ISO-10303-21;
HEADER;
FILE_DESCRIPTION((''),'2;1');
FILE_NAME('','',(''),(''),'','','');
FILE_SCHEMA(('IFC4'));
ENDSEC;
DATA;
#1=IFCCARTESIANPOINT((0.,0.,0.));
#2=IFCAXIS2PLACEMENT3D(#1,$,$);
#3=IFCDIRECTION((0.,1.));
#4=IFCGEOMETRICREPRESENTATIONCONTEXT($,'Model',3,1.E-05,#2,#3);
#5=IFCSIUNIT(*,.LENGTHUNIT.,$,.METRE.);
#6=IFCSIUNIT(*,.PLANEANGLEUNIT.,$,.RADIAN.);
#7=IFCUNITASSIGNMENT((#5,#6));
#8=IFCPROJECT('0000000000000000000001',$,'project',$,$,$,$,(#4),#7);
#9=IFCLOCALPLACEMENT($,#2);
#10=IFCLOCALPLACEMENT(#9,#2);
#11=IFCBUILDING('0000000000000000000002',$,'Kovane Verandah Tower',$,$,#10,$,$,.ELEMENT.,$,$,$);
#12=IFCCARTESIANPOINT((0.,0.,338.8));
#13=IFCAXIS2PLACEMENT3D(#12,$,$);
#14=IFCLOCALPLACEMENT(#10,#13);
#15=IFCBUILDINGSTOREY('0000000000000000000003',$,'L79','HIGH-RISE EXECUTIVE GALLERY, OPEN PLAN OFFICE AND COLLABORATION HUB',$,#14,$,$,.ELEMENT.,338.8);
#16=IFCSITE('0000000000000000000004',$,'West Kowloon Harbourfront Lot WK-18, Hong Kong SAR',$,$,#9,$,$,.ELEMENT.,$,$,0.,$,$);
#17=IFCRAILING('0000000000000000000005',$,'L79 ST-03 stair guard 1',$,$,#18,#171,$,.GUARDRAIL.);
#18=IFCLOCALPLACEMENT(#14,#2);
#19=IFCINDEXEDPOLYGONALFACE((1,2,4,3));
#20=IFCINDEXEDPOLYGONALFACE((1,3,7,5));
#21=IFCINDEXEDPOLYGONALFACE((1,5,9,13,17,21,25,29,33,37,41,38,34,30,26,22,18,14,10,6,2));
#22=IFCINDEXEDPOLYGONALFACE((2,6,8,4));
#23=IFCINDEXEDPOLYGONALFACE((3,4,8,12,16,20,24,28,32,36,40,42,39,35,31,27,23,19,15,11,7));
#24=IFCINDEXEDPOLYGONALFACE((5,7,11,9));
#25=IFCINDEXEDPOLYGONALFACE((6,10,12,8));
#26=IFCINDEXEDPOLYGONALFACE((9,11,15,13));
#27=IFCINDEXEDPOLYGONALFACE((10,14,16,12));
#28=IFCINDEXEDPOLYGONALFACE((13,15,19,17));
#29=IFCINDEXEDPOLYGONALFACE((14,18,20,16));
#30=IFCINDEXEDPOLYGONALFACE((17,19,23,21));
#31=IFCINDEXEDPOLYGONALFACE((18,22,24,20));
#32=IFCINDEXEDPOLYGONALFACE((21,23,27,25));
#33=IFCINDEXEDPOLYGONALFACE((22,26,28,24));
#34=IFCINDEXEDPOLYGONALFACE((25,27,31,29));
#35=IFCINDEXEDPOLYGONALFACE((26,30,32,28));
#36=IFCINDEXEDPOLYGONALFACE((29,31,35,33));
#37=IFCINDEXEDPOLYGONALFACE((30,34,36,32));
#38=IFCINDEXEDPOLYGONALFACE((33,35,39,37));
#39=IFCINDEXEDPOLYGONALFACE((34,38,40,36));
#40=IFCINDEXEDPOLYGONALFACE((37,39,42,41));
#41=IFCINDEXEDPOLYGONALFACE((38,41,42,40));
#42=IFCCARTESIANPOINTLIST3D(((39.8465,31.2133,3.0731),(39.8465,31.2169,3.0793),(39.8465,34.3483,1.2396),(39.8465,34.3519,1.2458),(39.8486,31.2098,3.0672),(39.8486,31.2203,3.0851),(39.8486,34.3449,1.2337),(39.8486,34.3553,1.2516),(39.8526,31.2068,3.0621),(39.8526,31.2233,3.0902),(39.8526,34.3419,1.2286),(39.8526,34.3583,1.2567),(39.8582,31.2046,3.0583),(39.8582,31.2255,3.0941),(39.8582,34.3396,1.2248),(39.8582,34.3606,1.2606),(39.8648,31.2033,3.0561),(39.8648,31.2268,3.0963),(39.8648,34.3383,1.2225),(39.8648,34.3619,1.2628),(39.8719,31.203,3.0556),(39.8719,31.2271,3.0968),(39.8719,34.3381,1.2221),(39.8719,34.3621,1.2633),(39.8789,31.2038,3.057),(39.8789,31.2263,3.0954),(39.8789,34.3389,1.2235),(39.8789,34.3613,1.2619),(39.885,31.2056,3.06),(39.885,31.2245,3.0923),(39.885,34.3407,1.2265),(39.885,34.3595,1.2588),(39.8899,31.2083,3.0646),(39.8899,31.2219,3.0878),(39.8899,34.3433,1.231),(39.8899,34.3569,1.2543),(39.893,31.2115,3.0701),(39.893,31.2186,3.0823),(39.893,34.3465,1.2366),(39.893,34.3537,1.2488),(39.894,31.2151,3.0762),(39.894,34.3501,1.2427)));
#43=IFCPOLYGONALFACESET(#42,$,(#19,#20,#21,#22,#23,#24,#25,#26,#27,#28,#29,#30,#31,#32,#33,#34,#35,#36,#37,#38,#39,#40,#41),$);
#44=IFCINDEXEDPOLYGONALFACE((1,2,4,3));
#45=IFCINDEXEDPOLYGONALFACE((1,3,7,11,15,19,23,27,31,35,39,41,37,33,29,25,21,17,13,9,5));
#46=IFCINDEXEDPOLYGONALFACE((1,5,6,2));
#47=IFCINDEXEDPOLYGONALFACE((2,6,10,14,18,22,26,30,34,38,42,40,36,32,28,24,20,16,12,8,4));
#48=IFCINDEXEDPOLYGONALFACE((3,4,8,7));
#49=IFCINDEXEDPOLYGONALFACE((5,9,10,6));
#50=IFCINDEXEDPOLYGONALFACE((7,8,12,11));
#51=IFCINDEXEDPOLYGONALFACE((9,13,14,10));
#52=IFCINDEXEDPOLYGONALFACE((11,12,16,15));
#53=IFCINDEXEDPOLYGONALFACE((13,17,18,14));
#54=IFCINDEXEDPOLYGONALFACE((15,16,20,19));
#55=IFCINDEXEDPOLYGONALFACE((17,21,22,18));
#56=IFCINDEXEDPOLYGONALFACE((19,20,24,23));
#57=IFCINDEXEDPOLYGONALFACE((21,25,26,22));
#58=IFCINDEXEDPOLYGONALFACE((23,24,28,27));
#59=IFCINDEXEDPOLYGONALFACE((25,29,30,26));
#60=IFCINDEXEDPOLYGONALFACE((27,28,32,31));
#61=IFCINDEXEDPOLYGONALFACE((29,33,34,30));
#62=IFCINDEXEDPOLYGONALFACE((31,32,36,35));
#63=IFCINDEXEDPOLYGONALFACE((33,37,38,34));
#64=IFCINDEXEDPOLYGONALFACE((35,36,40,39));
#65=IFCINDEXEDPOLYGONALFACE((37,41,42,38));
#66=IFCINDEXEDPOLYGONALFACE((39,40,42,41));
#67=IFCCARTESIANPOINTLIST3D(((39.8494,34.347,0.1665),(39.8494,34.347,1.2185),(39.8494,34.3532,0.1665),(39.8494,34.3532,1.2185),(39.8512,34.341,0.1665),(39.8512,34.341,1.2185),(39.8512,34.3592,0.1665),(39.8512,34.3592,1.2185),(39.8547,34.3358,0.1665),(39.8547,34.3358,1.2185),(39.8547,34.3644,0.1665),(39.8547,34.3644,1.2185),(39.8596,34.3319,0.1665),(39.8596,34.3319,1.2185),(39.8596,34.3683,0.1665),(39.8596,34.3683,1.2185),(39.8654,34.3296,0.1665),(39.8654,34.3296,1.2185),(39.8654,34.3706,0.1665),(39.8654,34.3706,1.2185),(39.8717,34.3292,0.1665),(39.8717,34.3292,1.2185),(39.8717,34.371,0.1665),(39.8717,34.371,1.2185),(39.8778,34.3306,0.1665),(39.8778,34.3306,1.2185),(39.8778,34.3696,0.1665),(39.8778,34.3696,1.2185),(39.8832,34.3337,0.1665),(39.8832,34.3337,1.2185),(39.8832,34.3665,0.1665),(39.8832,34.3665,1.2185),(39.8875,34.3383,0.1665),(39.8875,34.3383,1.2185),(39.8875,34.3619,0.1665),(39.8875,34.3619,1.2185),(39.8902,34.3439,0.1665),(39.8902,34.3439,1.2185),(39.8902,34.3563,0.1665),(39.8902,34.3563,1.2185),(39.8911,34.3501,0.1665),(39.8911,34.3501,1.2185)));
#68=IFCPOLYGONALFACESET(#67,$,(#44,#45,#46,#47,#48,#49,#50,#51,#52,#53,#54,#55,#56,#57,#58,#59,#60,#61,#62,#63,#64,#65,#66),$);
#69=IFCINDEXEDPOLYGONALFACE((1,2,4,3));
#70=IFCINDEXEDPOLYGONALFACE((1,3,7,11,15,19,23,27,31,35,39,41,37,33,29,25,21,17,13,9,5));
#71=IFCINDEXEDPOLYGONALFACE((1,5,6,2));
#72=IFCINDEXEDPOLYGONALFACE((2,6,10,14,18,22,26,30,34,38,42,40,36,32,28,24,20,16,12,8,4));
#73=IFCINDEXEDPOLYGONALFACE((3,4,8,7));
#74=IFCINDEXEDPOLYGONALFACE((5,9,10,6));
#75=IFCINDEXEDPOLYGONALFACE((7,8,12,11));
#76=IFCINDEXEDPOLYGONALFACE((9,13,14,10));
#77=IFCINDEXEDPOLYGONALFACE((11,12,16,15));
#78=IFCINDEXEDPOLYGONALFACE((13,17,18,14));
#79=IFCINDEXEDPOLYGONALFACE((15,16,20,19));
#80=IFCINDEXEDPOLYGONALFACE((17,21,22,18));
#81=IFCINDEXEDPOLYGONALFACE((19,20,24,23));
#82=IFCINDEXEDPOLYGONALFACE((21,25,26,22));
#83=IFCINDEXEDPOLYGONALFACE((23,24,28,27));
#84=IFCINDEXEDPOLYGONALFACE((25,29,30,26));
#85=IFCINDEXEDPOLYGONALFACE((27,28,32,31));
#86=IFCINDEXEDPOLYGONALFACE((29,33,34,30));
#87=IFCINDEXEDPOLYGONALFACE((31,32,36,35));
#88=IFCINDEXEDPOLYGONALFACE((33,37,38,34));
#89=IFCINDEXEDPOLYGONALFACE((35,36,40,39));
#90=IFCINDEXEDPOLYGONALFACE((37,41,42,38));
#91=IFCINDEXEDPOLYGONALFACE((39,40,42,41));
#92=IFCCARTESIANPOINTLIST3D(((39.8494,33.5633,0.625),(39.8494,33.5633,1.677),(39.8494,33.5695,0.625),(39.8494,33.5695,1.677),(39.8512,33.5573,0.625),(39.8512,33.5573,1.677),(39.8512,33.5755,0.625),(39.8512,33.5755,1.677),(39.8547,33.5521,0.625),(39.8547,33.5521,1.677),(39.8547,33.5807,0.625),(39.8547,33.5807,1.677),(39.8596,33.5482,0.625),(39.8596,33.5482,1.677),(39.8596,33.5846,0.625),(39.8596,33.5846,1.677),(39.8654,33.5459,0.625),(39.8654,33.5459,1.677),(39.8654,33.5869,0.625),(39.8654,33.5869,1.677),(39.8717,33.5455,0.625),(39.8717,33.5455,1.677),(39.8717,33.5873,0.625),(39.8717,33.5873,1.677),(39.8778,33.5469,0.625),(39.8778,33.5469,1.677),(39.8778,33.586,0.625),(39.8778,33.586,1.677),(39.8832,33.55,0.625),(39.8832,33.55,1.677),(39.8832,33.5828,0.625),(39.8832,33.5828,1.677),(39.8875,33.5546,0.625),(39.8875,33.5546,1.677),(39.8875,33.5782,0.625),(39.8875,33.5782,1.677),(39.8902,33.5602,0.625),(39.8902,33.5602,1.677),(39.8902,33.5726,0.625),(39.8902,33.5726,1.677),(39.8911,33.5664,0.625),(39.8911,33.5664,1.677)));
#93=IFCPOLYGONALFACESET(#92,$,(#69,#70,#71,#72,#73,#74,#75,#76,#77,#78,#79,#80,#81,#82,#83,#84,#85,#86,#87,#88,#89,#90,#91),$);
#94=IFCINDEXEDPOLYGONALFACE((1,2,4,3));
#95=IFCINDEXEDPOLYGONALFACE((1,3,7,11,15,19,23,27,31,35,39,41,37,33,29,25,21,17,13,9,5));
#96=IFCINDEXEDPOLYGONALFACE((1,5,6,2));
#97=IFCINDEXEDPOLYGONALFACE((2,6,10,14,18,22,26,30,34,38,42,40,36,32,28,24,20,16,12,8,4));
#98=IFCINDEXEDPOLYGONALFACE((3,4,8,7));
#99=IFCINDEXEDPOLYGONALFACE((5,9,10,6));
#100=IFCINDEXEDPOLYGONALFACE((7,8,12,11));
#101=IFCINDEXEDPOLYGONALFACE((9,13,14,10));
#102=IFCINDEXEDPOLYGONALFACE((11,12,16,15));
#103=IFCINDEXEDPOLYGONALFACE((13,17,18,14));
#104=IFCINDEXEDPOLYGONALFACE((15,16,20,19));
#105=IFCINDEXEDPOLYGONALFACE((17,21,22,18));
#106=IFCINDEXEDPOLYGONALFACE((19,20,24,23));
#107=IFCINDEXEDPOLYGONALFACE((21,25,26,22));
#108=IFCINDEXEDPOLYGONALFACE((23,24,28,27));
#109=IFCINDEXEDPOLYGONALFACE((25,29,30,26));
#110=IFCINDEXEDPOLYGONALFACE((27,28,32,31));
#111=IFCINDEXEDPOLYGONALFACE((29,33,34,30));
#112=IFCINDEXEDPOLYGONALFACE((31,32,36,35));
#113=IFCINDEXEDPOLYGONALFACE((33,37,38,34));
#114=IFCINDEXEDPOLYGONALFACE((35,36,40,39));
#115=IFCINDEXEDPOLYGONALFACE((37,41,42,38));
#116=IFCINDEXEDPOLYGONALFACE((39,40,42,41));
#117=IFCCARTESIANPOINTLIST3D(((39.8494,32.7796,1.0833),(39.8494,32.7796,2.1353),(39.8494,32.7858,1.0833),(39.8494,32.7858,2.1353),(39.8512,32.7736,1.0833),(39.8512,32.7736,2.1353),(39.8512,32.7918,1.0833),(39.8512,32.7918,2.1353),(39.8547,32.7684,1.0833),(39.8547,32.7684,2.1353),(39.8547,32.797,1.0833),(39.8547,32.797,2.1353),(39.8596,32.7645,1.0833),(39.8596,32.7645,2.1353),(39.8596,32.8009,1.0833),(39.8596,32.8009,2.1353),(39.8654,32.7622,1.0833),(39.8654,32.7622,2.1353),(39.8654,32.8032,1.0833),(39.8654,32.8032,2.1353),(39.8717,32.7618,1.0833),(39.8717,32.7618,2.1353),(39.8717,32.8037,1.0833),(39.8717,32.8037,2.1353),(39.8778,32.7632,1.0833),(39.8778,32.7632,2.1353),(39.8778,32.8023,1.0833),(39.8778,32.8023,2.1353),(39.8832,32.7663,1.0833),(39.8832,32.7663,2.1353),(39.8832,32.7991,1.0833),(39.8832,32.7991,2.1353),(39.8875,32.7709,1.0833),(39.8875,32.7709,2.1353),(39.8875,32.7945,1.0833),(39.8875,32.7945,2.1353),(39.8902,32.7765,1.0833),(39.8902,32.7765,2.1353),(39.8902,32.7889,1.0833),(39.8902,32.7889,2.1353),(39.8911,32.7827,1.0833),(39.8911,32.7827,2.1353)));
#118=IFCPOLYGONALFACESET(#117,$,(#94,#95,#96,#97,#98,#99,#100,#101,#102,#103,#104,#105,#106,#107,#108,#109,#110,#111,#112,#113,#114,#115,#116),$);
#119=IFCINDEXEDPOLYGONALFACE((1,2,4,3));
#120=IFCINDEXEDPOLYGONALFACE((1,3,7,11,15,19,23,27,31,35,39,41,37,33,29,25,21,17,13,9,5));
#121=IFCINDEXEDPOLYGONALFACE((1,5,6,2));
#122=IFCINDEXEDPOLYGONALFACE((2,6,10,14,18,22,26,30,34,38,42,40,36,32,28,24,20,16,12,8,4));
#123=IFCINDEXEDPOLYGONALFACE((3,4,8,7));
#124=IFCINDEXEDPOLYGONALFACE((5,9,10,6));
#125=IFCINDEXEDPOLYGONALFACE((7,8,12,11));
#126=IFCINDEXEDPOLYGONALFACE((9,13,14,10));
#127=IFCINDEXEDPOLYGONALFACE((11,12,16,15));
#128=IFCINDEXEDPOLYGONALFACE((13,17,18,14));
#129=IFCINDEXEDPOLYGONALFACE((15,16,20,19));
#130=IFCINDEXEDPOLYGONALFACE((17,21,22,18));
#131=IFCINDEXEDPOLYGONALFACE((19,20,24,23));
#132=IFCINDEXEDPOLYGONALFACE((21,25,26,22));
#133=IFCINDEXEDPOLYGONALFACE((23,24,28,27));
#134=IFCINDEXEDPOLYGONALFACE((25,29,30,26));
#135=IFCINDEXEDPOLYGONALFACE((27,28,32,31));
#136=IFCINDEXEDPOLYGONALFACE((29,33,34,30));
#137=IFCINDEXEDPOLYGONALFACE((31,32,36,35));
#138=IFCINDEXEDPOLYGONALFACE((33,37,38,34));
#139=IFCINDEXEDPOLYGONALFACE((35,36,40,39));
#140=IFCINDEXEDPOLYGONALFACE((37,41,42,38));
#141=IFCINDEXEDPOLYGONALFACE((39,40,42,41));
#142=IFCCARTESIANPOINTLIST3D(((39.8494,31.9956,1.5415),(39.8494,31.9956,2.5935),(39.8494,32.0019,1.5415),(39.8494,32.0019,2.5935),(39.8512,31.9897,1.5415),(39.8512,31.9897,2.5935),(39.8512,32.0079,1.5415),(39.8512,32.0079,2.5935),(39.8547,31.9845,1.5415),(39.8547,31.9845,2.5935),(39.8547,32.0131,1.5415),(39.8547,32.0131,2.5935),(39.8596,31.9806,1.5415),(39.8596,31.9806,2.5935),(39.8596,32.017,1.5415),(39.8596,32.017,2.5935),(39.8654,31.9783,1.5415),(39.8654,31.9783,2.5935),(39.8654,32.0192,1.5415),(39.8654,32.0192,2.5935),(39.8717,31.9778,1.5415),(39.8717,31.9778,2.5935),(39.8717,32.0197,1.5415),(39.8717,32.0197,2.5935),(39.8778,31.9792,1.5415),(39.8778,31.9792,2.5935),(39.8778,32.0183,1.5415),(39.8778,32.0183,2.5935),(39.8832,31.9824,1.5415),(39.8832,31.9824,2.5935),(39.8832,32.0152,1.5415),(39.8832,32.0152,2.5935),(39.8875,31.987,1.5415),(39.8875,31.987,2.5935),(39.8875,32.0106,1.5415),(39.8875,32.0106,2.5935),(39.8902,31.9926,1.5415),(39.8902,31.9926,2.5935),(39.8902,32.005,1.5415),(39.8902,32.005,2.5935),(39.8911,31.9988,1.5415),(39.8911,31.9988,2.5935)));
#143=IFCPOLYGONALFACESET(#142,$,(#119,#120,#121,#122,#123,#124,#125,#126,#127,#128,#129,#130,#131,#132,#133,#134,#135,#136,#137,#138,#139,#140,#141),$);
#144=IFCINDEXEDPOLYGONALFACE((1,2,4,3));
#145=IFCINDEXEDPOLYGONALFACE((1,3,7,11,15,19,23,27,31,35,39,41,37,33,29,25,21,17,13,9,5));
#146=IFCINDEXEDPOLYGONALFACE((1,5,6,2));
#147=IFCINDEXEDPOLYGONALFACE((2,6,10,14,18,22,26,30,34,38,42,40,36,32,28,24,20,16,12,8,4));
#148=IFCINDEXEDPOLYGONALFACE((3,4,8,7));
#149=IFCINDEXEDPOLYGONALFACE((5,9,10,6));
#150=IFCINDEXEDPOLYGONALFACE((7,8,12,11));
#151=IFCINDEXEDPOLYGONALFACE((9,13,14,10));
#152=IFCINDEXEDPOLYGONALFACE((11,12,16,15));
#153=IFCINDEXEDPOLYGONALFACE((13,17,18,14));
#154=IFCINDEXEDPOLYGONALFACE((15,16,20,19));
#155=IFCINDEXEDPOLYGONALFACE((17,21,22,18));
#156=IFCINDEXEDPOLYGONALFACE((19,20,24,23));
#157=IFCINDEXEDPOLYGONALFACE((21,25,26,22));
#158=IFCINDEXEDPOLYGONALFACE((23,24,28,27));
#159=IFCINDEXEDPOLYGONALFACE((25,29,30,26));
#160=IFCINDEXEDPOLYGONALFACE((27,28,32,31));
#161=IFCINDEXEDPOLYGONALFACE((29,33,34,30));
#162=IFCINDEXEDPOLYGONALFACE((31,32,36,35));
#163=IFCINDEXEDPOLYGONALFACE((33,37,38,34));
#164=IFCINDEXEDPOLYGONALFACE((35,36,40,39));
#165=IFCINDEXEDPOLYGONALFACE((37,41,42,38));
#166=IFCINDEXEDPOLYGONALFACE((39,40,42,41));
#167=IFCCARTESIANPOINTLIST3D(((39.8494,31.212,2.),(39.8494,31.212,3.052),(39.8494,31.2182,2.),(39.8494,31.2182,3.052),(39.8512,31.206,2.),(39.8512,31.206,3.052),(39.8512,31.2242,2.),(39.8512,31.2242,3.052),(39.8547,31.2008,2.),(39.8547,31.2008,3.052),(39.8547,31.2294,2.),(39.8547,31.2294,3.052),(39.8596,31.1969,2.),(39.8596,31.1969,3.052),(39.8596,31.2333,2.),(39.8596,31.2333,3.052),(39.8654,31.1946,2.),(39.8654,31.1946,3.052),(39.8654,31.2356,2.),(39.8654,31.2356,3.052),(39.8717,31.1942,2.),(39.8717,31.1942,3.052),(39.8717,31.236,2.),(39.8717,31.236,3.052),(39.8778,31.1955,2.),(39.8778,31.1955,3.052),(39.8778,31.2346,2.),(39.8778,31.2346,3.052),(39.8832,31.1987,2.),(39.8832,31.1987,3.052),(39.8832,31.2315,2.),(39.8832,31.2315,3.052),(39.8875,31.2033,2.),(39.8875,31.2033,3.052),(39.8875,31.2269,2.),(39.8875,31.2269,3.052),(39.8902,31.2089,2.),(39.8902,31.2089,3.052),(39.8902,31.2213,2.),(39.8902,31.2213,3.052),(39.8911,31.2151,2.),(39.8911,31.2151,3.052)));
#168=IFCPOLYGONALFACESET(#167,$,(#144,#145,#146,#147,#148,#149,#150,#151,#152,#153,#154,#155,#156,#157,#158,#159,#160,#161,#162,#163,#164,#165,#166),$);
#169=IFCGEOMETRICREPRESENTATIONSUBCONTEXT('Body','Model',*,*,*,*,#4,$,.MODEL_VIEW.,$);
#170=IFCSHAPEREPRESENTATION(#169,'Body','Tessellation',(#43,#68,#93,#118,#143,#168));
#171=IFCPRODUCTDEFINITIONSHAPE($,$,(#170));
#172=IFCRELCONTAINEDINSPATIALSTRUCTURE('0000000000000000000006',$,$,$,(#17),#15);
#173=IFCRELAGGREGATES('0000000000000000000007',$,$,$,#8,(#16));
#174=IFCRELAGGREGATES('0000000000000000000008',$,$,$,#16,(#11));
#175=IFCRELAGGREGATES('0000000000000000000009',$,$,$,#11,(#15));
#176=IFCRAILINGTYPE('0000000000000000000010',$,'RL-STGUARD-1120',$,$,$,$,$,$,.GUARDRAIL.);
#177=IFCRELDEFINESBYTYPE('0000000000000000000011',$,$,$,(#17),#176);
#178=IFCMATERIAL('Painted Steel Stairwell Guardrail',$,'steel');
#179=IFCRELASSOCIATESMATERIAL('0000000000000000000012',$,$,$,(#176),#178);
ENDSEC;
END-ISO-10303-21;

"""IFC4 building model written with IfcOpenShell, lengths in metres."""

from ifc_helpers import new_model, si_unit, direction, frame, origin, origin_2d, place, context, subcontext, project, spatial, circle, extrude, material, type_object, element, save


model = new_model("IFC4")

# Units and contexts
model_context = context("Model", 3, precision=1e-05, world=origin(), true_north=direction((0.0, 1.0)))
body_context = subcontext(model_context, "Body", "Model", "MODEL_VIEW")
ifc_project = project(units=[si_unit("LENGTHUNIT", "METRE"), si_unit("PLANEANGLEUNIT", "RADIAN")], contexts=[model_context])

# Site, building, storey
site_placement = place(None, origin())
site = spatial("IfcSite", under=ifc_project, at=site_placement, Name="West Kowloon Harbourfront Lot WK-18, Hong Kong SAR", CompositionType="ELEMENT", RefElevation=0.0)
building_placement = place(site_placement, origin())
building = spatial("IfcBuilding", under=site, at=building_placement, Name="Kovane Verandah Tower", CompositionType="ELEMENT")
storey_placement = place(building_placement, frame((0.0, 0.0, 338.8)))
storey = spatial("IfcBuildingStorey", under=building, at=storey_placement, Name="L79", Description="HIGH-RISE EXECUTIVE GALLERY, OPEN PLAN OFFICE AND COLLABORATION HUB", CompositionType="ELEMENT", Elevation=338.8)

# Railing
ifc_material_1 = material(Name="Painted Steel Stairwell Guardrail", Category="steel")
railing_type = type_object("IfcRailingType", Name="RL-STGUARD-1120", PredefinedType="GUARDRAIL", material=ifc_material_1)
for number, where, name in (
    (1, (39.8701, 34.3501, 0.1665), "L79 ST-03 stair guard 1"),
):
    element("IfcRailing", number, at=place(storey_placement, frame(where)), inside=storey, type_object=railing_type, Name=name, PredefinedType="GUARDRAIL", context=body_context, shape_type="SweptSolid", body=[
        extrude(circle(Radius=0.0239, at=origin_2d()), frame((0.0, 0.0, 1.0762), z_axis=(0.0, -0.86321, 0.504845), x_axis=(1.0, 0.0, 0.0)), (0.0, 0.0, 1.0), 3.6318),
        extrude(circle(Radius=0.021, at=origin_2d()), origin(), (0.0, 0.0, 1.0), 1.052),
        extrude(circle(Radius=0.021, at=origin_2d()), frame((0.0, -0.7837, 0.4585)), (0.0, 0.0, 1.0), 1.052),
        extrude(circle(Radius=0.021, at=origin_2d()), frame((0.0, -1.5674, 0.9167)), (0.0, 0.0, 1.0), 1.052),
        extrude(circle(Radius=0.021, at=origin_2d()), frame((0.0, -2.3513, 1.375)), (0.0, 0.0, 1.0), 1.052),
        extrude(circle(Radius=0.021, at=origin_2d()), frame((0.0, -3.135, 1.8335)), (0.0, 0.0, 1.0), 1.052),
    ])

save(model, "model.ifc")
